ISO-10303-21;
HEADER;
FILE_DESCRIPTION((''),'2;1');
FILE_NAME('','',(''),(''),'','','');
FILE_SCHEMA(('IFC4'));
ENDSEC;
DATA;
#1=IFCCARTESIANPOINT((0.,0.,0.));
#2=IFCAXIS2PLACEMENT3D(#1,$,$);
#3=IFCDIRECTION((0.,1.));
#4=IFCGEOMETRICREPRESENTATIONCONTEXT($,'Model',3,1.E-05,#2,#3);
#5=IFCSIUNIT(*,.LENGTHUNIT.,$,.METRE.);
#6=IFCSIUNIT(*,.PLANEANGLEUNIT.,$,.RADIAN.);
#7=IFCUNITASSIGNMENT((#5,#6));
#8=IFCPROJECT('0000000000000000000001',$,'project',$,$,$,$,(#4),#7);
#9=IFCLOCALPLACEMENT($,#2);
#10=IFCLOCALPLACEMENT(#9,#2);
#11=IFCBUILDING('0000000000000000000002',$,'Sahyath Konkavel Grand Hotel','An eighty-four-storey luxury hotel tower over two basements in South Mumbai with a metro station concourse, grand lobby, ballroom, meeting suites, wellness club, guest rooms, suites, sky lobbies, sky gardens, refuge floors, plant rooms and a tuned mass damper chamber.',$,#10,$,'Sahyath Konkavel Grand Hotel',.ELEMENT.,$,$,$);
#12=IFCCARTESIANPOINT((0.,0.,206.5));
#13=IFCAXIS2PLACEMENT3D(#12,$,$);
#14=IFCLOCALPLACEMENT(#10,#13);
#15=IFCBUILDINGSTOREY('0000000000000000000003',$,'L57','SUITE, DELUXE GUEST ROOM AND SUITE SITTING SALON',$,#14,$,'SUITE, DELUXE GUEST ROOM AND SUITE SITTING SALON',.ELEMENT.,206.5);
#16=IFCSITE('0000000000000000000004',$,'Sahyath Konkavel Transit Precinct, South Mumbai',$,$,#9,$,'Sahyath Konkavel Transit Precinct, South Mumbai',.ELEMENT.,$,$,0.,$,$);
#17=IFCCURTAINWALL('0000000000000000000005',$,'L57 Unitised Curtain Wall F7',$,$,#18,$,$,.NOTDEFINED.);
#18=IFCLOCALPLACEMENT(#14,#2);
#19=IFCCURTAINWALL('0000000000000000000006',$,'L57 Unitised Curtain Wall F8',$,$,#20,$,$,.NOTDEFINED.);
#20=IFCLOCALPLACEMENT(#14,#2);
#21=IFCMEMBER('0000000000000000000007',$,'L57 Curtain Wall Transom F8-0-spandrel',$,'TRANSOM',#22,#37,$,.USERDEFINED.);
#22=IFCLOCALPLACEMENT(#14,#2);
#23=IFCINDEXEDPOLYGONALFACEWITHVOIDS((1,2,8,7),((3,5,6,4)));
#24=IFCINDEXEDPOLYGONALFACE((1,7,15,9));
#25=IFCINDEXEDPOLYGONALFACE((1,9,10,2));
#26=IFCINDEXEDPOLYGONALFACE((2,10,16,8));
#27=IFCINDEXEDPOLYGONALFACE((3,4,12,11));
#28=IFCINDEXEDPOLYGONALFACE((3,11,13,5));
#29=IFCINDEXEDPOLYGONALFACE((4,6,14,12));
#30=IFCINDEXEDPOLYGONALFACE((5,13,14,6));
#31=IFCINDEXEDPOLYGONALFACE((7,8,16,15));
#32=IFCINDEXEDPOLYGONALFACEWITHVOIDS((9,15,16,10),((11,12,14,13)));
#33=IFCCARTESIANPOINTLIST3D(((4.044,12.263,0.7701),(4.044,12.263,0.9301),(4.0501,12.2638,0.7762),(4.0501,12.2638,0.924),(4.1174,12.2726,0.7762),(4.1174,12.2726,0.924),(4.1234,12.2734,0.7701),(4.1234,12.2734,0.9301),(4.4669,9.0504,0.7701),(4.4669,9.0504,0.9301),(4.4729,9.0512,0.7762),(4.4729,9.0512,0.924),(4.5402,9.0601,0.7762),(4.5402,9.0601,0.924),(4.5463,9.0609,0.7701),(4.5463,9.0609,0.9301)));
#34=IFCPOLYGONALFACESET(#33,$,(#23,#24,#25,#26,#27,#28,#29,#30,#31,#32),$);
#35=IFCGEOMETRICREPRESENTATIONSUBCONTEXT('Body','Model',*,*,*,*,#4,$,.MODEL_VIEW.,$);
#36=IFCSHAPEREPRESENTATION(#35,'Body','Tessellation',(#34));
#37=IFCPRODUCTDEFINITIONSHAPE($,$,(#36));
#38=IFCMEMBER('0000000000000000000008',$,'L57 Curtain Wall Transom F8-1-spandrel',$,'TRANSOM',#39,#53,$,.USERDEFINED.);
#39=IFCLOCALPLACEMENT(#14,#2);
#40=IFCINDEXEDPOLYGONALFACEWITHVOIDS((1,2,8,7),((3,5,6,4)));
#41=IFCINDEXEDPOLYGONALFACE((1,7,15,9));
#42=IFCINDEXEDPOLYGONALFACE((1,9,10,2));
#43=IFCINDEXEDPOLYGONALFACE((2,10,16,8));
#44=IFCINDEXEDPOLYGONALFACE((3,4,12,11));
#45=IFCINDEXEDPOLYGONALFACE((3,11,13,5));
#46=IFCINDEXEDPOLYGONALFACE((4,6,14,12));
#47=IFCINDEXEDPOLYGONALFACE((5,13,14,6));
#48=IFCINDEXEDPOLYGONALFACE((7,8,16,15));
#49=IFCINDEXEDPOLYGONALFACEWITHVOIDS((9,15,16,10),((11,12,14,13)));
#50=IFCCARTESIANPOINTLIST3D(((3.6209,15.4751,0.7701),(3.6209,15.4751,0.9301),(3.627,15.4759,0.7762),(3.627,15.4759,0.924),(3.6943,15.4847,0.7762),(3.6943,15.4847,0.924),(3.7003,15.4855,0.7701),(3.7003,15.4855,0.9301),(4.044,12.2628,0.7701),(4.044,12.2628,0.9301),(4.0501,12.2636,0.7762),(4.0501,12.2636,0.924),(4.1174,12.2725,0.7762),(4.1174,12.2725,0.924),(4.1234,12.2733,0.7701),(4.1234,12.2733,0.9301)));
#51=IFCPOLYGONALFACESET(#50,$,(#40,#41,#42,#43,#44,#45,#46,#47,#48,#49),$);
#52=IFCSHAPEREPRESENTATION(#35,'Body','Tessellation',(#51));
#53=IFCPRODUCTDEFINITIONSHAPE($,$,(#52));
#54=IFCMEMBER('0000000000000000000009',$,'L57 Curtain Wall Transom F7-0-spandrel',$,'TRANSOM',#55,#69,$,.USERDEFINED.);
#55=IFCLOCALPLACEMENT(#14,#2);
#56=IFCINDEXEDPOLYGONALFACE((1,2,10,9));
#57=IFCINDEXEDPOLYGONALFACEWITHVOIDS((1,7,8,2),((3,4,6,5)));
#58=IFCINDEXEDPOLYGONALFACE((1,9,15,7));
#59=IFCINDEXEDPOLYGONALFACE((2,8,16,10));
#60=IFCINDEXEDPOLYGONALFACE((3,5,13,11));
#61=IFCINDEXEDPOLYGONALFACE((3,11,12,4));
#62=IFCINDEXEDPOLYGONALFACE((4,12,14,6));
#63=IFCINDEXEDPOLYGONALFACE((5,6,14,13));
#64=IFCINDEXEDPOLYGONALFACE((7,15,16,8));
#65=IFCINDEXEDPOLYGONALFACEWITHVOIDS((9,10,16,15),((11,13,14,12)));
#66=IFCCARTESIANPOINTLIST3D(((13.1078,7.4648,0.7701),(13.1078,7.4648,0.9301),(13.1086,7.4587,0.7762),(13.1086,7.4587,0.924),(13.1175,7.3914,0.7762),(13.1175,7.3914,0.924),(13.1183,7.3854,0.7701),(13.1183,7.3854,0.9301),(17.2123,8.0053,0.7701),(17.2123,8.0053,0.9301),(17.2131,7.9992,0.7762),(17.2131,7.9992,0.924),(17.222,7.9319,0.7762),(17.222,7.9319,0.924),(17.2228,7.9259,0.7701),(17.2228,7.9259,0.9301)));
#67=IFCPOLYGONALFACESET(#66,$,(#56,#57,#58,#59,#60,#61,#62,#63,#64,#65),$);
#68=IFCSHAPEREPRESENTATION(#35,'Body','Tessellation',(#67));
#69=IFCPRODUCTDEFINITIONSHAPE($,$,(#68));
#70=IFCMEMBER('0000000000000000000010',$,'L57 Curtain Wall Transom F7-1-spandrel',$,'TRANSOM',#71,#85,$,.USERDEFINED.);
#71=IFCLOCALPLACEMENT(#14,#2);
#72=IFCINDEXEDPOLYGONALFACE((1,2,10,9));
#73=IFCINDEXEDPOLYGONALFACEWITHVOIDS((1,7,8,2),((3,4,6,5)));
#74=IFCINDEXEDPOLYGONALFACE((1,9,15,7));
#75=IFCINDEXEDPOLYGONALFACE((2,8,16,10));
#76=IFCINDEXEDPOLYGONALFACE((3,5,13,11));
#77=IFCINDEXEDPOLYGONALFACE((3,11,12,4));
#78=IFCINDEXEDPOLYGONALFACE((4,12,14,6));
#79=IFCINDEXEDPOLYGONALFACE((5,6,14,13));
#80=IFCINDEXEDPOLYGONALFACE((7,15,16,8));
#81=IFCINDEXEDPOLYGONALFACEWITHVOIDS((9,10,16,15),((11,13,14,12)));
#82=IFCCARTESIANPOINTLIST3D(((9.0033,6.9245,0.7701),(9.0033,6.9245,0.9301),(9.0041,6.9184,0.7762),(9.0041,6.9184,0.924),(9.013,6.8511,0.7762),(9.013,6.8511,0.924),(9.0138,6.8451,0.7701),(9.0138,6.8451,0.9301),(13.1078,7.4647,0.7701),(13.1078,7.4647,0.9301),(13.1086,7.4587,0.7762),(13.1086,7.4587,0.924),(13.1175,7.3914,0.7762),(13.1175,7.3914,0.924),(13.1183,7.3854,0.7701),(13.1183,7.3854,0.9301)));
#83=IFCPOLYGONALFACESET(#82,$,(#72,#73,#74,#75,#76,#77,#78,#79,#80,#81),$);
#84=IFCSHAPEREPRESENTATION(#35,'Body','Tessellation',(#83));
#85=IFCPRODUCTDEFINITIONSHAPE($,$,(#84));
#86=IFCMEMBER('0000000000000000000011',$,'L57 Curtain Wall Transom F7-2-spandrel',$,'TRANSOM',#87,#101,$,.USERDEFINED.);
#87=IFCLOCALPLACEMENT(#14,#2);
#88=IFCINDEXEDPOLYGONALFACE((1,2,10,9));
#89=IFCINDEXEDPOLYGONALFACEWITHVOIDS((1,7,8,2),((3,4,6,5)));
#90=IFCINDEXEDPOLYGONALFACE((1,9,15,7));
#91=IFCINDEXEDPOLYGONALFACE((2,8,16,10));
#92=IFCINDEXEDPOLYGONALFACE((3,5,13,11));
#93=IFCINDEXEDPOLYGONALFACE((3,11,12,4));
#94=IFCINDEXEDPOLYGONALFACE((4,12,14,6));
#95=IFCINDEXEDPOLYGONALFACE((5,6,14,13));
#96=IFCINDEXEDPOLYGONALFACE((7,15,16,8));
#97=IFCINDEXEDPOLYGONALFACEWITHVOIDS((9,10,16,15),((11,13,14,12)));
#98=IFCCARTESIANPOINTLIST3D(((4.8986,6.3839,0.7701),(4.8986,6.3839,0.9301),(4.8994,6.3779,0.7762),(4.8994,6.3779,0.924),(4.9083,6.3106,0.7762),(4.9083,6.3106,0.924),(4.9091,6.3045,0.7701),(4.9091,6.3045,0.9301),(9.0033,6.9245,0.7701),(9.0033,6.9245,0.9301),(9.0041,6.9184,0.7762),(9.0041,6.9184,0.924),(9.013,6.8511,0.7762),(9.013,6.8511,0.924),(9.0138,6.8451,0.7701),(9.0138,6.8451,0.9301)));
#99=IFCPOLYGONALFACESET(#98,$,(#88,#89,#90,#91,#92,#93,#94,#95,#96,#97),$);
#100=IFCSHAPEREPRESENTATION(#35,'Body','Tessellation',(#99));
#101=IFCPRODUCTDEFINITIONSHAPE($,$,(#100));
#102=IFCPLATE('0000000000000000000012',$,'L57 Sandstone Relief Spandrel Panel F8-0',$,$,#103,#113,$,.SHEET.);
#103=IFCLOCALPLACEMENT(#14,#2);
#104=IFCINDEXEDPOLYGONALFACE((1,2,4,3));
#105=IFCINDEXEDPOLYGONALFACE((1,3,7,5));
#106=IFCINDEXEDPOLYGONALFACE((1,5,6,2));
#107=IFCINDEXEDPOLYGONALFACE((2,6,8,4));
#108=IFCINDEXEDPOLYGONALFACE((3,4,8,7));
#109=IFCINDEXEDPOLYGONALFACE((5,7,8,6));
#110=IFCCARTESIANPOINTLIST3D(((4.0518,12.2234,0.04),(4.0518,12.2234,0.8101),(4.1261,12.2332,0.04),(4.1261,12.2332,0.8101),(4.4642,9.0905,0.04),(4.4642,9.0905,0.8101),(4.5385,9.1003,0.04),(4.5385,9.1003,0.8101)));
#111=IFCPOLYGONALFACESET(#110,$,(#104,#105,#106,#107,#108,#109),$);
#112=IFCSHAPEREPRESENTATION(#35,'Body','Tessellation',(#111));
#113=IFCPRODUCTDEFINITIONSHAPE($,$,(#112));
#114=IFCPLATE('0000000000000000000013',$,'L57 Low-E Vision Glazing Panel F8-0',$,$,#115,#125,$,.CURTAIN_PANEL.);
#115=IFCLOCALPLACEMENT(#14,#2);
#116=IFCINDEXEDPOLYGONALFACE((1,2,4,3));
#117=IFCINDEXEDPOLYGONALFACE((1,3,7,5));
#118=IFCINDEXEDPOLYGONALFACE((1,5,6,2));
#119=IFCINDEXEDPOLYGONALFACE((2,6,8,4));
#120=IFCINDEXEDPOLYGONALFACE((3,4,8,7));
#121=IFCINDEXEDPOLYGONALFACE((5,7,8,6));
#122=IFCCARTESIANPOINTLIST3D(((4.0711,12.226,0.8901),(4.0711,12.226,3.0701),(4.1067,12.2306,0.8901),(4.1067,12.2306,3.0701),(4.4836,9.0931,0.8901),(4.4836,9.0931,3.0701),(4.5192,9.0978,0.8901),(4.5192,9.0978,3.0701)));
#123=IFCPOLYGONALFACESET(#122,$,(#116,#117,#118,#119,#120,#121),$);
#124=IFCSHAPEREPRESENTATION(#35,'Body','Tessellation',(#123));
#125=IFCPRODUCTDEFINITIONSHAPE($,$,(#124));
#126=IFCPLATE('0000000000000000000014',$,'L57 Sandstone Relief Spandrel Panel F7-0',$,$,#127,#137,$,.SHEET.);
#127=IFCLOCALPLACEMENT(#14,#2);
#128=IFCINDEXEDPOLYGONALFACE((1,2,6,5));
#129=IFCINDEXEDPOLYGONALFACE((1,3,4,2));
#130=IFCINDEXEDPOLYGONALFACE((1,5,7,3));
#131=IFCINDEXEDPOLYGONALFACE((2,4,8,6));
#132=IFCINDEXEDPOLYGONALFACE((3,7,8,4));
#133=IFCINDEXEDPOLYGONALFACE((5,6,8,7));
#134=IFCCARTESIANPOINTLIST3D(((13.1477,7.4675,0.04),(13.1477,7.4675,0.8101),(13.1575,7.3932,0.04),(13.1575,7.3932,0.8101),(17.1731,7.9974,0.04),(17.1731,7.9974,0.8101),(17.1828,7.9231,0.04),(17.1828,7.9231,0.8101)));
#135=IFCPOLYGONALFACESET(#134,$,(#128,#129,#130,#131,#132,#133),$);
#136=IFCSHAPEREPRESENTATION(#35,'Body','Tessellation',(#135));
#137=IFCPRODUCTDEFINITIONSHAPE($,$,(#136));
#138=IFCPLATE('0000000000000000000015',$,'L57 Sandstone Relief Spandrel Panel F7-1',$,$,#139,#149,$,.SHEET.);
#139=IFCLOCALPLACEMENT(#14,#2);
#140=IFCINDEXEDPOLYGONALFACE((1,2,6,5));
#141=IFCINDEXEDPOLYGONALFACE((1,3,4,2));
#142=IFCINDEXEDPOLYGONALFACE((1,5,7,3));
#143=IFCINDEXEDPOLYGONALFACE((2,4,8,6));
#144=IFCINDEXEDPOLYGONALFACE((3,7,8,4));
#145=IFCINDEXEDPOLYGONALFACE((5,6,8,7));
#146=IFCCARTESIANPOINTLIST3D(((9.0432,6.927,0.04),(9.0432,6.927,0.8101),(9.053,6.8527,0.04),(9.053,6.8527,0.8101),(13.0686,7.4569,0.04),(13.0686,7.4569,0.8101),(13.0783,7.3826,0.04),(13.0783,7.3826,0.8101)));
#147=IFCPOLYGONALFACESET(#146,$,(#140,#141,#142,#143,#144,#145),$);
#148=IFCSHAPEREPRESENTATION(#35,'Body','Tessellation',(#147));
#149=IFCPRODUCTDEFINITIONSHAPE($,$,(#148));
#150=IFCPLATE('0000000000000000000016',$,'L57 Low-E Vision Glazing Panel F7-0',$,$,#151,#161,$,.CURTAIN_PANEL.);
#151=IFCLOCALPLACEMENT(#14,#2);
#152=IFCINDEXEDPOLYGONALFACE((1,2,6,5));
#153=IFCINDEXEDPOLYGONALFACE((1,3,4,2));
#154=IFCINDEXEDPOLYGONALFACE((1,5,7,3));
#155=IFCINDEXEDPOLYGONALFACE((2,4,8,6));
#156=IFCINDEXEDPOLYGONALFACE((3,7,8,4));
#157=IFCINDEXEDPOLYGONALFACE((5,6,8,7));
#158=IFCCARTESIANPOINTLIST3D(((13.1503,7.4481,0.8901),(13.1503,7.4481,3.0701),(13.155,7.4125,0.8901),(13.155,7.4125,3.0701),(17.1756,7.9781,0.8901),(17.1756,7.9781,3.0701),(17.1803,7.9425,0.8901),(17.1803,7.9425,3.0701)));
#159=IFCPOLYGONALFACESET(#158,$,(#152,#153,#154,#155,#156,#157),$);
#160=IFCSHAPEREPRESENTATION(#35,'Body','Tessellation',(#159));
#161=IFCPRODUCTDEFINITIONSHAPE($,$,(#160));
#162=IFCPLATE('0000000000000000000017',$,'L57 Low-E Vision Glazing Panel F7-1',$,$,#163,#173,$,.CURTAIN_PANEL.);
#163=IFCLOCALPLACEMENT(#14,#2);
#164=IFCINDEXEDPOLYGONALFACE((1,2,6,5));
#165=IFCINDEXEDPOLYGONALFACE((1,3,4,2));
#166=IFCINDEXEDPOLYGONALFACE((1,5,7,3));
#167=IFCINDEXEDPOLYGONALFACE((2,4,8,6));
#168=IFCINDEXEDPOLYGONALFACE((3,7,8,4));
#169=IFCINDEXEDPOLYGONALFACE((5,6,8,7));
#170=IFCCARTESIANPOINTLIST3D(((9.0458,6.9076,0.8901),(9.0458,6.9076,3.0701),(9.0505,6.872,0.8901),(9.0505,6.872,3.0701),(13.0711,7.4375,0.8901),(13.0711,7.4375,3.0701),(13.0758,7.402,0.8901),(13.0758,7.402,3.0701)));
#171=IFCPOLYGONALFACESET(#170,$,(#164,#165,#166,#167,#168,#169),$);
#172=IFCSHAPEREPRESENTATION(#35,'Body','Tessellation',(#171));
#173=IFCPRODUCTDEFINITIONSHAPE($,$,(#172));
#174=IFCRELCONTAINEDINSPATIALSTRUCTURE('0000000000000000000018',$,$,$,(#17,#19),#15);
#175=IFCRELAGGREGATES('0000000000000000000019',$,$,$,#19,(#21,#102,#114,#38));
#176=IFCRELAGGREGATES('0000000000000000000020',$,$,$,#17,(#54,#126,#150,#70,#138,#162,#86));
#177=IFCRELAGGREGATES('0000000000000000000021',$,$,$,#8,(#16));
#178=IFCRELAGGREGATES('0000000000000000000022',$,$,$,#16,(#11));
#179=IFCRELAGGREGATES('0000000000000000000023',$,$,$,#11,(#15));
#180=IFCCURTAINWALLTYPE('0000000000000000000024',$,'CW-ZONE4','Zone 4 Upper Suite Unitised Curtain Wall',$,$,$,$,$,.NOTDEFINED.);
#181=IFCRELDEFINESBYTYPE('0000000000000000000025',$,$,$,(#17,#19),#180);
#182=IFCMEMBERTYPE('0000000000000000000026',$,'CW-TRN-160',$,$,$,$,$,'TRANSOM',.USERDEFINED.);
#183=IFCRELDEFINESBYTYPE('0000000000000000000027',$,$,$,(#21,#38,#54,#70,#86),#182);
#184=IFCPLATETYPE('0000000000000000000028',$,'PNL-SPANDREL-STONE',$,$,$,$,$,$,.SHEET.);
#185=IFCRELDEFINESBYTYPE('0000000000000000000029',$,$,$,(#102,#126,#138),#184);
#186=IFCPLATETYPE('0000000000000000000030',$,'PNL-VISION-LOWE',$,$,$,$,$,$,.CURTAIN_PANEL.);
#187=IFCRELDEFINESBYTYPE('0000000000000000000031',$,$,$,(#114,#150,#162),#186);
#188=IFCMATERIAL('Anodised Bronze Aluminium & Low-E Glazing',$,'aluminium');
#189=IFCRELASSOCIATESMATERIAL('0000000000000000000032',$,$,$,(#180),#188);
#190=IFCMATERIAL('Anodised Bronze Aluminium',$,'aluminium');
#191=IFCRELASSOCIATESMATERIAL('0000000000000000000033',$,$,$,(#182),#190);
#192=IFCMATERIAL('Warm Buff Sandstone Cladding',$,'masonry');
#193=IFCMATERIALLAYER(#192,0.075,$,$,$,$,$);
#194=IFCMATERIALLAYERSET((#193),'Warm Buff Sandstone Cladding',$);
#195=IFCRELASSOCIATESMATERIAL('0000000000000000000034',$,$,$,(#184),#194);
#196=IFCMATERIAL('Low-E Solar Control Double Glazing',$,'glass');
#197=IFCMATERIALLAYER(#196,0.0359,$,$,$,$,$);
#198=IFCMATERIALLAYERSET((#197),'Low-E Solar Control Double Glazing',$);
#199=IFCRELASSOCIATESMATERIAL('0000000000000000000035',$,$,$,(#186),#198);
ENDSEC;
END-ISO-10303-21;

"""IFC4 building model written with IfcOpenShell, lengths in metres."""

from ifc_helpers import new_model, si_unit, direction, frame, origin, origin_2d, place, context, subcontext, project, spatial, rectangle, hollow_rectangle, extrude, source, transform, mapped, material, layer, layer_set, material_profile, profile_set, type_object, element, aggregate, save


model = new_model("IFC4")

# Units and contexts
model_context = context("Model", 3, precision=1e-05, world=origin(), true_north=direction((0.0, 1.0)))
body_context = subcontext(model_context, "Body", "Model", "MODEL_VIEW")
ifc_project = project(units=[si_unit("LENGTHUNIT", "METRE"), si_unit("PLANEANGLEUNIT", "RADIAN")], contexts=[model_context])

# Site, building, storey
site_placement = place(None, origin())
site = spatial("IfcSite", under=ifc_project, at=site_placement, Name="Sahyath Konkavel Transit Precinct, South Mumbai", LongName="Sahyath Konkavel Transit Precinct, South Mumbai", CompositionType="ELEMENT", RefElevation=0.0)
building_placement = place(site_placement, origin())
building = spatial("IfcBuilding", under=site, at=building_placement, Name="Sahyath Konkavel Grand Hotel", Description="An eighty-four-storey luxury hotel tower over two basements in South Mumbai with a metro station concourse, grand lobby, ballroom, meeting suites, wellness club, guest rooms, suites, sky lobbies, sky gardens, refuge floors, plant rooms and a tuned mass damper chamber.", LongName="Sahyath Konkavel Grand Hotel", CompositionType="ELEMENT")
storey_placement = place(building_placement, frame((0.0, 0.0, 206.5)))
storey = spatial("IfcBuildingStorey", under=building, at=storey_placement, Name="L57", Description="SUITE, DELUXE GUEST ROOM AND SUITE SITTING SALON", LongName="SUITE, DELUXE GUEST ROOM AND SUITE SITTING SALON", CompositionType="ELEMENT", Elevation=206.5)

# Curtain walls
ifc_material_1 = material(Name="Anodised Bronze Aluminium & Low-E Glazing", Category="aluminium")
curtain_wall_type = type_object("IfcCurtainWallType", Name="CW-ZONE4", Description="Zone 4 Upper Suite Unitised Curtain Wall", PredefinedType="NOTDEFINED", material=ifc_material_1)
curtain_wall_1_placement = place(storey_placement, origin())
curtain_wall_1 = element("IfcCurtainWall", 1, at=curtain_wall_1_placement, inside=storey, type_object=curtain_wall_type, Name="L57 Unitised Curtain Wall F7", PredefinedType="NOTDEFINED")
curtain_wall_2_placement = place(storey_placement, origin())
curtain_wall_2 = element("IfcCurtainWall", 2, at=curtain_wall_2_placement, inside=storey, type_object=curtain_wall_type, Name="L57 Unitised Curtain Wall F8", PredefinedType="NOTDEFINED")
ifc_material_2 = material(Name="Anodised Bronze Aluminium", Category="aluminium")

# Members
ifc_material_profile_1 = material_profile(ifc_material_2, hollow_rectangle(XDim=0.0801, YDim=0.1599, WallThickness=0.0061, at=origin_2d()), Name="RHS 160x80x6")
ifc_profile_set_1 = profile_set([ifc_material_profile_1], Name="Anodised Bronze Aluminium")
member_type_1 = type_object("IfcMemberType", Name="CW-TRN-160", ElementType="TRANSOM", PredefinedType="USERDEFINED", material=ifc_profile_set_1)
shared_shape_1 = source(origin(), body_context, "Body", "SweptSolid", [
    extrude(hollow_rectangle(XDim=0.0801, YDim=0.1599, WallThickness=0.0061, at=origin_2d()), origin(), (0.0, 0.0, 1.0), 3.2402),
])
member_1_placement = place(storey_placement, frame((4.5066, 9.0557, 0.8501), z_axis=(-0.130505, 0.991448, 0.0), x_axis=(-0.991448, -0.130505, 0.0)))
member_1 = element("IfcMember", 3, at=member_1_placement, type_object=member_type_1, Name="L57 Curtain Wall Transom F8-0-spandrel", ObjectType="TRANSOM", PredefinedType="USERDEFINED", context=body_context, shape_type="MappedRepresentation", body=[
    mapped(shared_shape_1, transform((0.0, 0.0, 0.0), scale=1.0)),
])
shared_shape_2 = source(origin(), body_context, "Body", "SweptSolid", [
    extrude(hollow_rectangle(XDim=0.0801, YDim=0.1599, WallThickness=0.0061, at=origin_2d()), origin(), (0.0, 0.0, 1.0), 3.24),
])
member_2_placement = place(storey_placement, frame((4.0837, 12.2681, 0.8501), z_axis=(-0.130589, 0.991437, 0.0), x_axis=(-0.991437, -0.130589, 0.0)))
member_2 = element("IfcMember", 4, at=member_2_placement, type_object=member_type_1, Name="L57 Curtain Wall Transom F8-1-spandrel", ObjectType="TRANSOM", PredefinedType="USERDEFINED", context=body_context, shape_type="MappedRepresentation", body=[
    mapped(shared_shape_2, transform((0.0, 0.0, 0.0), scale=1.0)),
])
shared_shape_3 = source(origin(), body_context, "Body", "SweptSolid", [
    extrude(hollow_rectangle(XDim=0.0801, YDim=0.1599, WallThickness=0.0061, at=origin_2d()), origin(), (0.0, 0.0, 1.0), 4.1399),
])
member_3_placement = place(storey_placement, frame((17.2175, 7.9656, 0.8501), z_axis=(-0.99144, -0.130564, 0.0), x_axis=(0.130564, -0.99144, 0.0)))
member_3 = element("IfcMember", 5, at=member_3_placement, type_object=member_type_1, Name="L57 Curtain Wall Transom F7-0-spandrel", ObjectType="TRANSOM", PredefinedType="USERDEFINED", context=body_context, shape_type="MappedRepresentation", body=[
    mapped(shared_shape_3, transform((0.0, 0.0, 0.0), scale=1.0)),
])
member_4_placement = place(storey_placement, frame((13.113, 7.425, 0.8501), z_axis=(-0.991447, -0.130506, 0.0), x_axis=(0.130506, -0.991447, 0.0)))
member_4 = element("IfcMember", 6, at=member_4_placement, type_object=member_type_1, Name="L57 Curtain Wall Transom F7-1-spandrel", ObjectType="TRANSOM", PredefinedType="USERDEFINED", context=body_context, shape_type="MappedRepresentation", body=[
    mapped(shared_shape_3, transform((0.0, 0.0, 0.0), scale=1.0)),
])
shared_shape_4 = source(origin(), body_context, "Body", "SweptSolid", [
    extrude(hollow_rectangle(XDim=0.0801, YDim=0.1599, WallThickness=0.0061, at=origin_2d()), origin(), (0.0, 0.0, 1.0), 4.1401),
])
member_5_placement = place(storey_placement, frame((9.0085, 6.8848, 0.8501), z_axis=(-0.991441, -0.130557, 0.0), x_axis=(0.130557, -0.991441, 0.0)))
member_5 = element("IfcMember", 7, at=member_5_placement, type_object=member_type_1, Name="L57 Curtain Wall Transom F7-2-spandrel", ObjectType="TRANSOM", PredefinedType="USERDEFINED", context=body_context, shape_type="MappedRepresentation", body=[
    mapped(shared_shape_4, transform((0.0, 0.0, 0.0), scale=1.0)),
])

# Plates
ifc_material_3 = material(Name="Warm Buff Sandstone Cladding", Category="masonry")
ifc_layer_1 = layer(ifc_material_3, 0.075)
ifc_layer_set_1 = layer_set([ifc_layer_1], Name="Warm Buff Sandstone Cladding")
plate_type_1 = type_object("IfcPlateType", Name="PNL-SPANDREL-STONE", PredefinedType="SHEET", material=ifc_layer_set_1)
shared_shape_5 = source(origin(), body_context, "Body", "SweptSolid", [
    extrude(rectangle(XDim=3.1599, YDim=0.075, at=origin_2d()), origin(), (0.0, 0.0, 1.0), 0.77),
])
plate_1_placement = place(storey_placement, frame((4.2952, 10.6619, 0.04), z_axis=(0.0, 0.0, 1.0), x_axis=(-0.130526, 0.991445, 0.0)))
plate_1 = element("IfcPlate", 8, at=plate_1_placement, type_object=plate_type_1, Name="L57 Sandstone Relief Spandrel Panel F8-0", PredefinedType="SHEET", context=body_context, shape_type="MappedRepresentation", body=[
    mapped(shared_shape_5, transform((0.0, 0.0, 0.0), scale=1.0)),
])
ifc_material_4 = material(Name="Low-E Solar Control Double Glazing", Category="glass")
ifc_layer_2 = layer(ifc_material_4, 0.0359)
ifc_layer_set_2 = layer_set([ifc_layer_2], Name="Low-E Solar Control Double Glazing")
plate_type_2 = type_object("IfcPlateType", Name="PNL-VISION-LOWE", PredefinedType="CURTAIN_PANEL", material=ifc_layer_set_2)
shared_shape_6 = source(origin(), body_context, "Body", "SweptSolid", [
    extrude(rectangle(XDim=3.1599, YDim=0.0359, at=origin_2d()), origin(), (0.0, 0.0, 1.0), 2.1799),
])
plate_2_placement = place(storey_placement, frame((4.2952, 10.6619, 0.8901), z_axis=(0.0, 0.0, 1.0), x_axis=(-0.130526, 0.991445, 0.0)))
plate_2 = element("IfcPlate", 9, at=plate_2_placement, type_object=plate_type_2, Name="L57 Low-E Vision Glazing Panel F8-0", PredefinedType="CURTAIN_PANEL", context=body_context, shape_type="MappedRepresentation", body=[
    mapped(shared_shape_6, transform((0.0, 0.0, 0.0), scale=1.0)),
])
aggregate(curtain_wall_2, [member_1, plate_1, plate_2, member_2])
shared_shape_7 = source(origin(), body_context, "Body", "SweptSolid", [
    extrude(rectangle(XDim=4.0601, YDim=0.075, at=origin_2d()), origin(), (0.0, 0.0, 1.0), 0.77),
])
plate_3_placement = place(storey_placement, frame((15.1653, 7.6953, 0.04), z_axis=(0.0, 0.0, 1.0), x_axis=(-0.991445, -0.130526, 0.0)))
plate_3 = element("IfcPlate", 10, at=plate_3_placement, type_object=plate_type_1, Name="L57 Sandstone Relief Spandrel Panel F7-0", PredefinedType="SHEET", context=body_context, shape_type="MappedRepresentation", body=[
    mapped(shared_shape_7, transform((0.0, 0.0, 0.0), scale=1.0)),
])
plate_4_placement = place(storey_placement, frame((11.0608, 7.1548, 0.04), z_axis=(0.0, 0.0, 1.0), x_axis=(-0.991445, -0.130526, 0.0)))
plate_4 = element("IfcPlate", 11, at=plate_4_placement, type_object=plate_type_1, Name="L57 Sandstone Relief Spandrel Panel F7-1", PredefinedType="SHEET", context=body_context, shape_type="MappedRepresentation", body=[
    mapped(shared_shape_7, transform((0.0, 0.0, 0.0), scale=1.0)),
])
shared_shape_8 = source(origin(), body_context, "Body", "SweptSolid", [
    extrude(rectangle(XDim=4.0601, YDim=0.0359, at=origin_2d()), origin(), (0.0, 0.0, 1.0), 2.1799),
])
plate_5_placement = place(storey_placement, frame((15.1653, 7.6953, 0.8901), z_axis=(0.0, 0.0, 1.0), x_axis=(-0.991445, -0.130526, 0.0)))
plate_5 = element("IfcPlate", 12, at=plate_5_placement, type_object=plate_type_2, Name="L57 Low-E Vision Glazing Panel F7-0", PredefinedType="CURTAIN_PANEL", context=body_context, shape_type="MappedRepresentation", body=[
    mapped(shared_shape_8, transform((0.0, 0.0, 0.0), scale=1.0)),
])
plate_6_placement = place(storey_placement, frame((11.0608, 7.1548, 0.8901), z_axis=(0.0, 0.0, 1.0), x_axis=(-0.991445, -0.130526, 0.0)))
plate_6 = element("IfcPlate", 13, at=plate_6_placement, type_object=plate_type_2, Name="L57 Low-E Vision Glazing Panel F7-1", PredefinedType="CURTAIN_PANEL", context=body_context, shape_type="MappedRepresentation", body=[
    mapped(shared_shape_8, transform((0.0, 0.0, 0.0), scale=1.0)),
])
aggregate(curtain_wall_1, [member_3, plate_3, plate_5, member_4, plate_4, plate_6, member_5])

save(model, "model.ifc")
